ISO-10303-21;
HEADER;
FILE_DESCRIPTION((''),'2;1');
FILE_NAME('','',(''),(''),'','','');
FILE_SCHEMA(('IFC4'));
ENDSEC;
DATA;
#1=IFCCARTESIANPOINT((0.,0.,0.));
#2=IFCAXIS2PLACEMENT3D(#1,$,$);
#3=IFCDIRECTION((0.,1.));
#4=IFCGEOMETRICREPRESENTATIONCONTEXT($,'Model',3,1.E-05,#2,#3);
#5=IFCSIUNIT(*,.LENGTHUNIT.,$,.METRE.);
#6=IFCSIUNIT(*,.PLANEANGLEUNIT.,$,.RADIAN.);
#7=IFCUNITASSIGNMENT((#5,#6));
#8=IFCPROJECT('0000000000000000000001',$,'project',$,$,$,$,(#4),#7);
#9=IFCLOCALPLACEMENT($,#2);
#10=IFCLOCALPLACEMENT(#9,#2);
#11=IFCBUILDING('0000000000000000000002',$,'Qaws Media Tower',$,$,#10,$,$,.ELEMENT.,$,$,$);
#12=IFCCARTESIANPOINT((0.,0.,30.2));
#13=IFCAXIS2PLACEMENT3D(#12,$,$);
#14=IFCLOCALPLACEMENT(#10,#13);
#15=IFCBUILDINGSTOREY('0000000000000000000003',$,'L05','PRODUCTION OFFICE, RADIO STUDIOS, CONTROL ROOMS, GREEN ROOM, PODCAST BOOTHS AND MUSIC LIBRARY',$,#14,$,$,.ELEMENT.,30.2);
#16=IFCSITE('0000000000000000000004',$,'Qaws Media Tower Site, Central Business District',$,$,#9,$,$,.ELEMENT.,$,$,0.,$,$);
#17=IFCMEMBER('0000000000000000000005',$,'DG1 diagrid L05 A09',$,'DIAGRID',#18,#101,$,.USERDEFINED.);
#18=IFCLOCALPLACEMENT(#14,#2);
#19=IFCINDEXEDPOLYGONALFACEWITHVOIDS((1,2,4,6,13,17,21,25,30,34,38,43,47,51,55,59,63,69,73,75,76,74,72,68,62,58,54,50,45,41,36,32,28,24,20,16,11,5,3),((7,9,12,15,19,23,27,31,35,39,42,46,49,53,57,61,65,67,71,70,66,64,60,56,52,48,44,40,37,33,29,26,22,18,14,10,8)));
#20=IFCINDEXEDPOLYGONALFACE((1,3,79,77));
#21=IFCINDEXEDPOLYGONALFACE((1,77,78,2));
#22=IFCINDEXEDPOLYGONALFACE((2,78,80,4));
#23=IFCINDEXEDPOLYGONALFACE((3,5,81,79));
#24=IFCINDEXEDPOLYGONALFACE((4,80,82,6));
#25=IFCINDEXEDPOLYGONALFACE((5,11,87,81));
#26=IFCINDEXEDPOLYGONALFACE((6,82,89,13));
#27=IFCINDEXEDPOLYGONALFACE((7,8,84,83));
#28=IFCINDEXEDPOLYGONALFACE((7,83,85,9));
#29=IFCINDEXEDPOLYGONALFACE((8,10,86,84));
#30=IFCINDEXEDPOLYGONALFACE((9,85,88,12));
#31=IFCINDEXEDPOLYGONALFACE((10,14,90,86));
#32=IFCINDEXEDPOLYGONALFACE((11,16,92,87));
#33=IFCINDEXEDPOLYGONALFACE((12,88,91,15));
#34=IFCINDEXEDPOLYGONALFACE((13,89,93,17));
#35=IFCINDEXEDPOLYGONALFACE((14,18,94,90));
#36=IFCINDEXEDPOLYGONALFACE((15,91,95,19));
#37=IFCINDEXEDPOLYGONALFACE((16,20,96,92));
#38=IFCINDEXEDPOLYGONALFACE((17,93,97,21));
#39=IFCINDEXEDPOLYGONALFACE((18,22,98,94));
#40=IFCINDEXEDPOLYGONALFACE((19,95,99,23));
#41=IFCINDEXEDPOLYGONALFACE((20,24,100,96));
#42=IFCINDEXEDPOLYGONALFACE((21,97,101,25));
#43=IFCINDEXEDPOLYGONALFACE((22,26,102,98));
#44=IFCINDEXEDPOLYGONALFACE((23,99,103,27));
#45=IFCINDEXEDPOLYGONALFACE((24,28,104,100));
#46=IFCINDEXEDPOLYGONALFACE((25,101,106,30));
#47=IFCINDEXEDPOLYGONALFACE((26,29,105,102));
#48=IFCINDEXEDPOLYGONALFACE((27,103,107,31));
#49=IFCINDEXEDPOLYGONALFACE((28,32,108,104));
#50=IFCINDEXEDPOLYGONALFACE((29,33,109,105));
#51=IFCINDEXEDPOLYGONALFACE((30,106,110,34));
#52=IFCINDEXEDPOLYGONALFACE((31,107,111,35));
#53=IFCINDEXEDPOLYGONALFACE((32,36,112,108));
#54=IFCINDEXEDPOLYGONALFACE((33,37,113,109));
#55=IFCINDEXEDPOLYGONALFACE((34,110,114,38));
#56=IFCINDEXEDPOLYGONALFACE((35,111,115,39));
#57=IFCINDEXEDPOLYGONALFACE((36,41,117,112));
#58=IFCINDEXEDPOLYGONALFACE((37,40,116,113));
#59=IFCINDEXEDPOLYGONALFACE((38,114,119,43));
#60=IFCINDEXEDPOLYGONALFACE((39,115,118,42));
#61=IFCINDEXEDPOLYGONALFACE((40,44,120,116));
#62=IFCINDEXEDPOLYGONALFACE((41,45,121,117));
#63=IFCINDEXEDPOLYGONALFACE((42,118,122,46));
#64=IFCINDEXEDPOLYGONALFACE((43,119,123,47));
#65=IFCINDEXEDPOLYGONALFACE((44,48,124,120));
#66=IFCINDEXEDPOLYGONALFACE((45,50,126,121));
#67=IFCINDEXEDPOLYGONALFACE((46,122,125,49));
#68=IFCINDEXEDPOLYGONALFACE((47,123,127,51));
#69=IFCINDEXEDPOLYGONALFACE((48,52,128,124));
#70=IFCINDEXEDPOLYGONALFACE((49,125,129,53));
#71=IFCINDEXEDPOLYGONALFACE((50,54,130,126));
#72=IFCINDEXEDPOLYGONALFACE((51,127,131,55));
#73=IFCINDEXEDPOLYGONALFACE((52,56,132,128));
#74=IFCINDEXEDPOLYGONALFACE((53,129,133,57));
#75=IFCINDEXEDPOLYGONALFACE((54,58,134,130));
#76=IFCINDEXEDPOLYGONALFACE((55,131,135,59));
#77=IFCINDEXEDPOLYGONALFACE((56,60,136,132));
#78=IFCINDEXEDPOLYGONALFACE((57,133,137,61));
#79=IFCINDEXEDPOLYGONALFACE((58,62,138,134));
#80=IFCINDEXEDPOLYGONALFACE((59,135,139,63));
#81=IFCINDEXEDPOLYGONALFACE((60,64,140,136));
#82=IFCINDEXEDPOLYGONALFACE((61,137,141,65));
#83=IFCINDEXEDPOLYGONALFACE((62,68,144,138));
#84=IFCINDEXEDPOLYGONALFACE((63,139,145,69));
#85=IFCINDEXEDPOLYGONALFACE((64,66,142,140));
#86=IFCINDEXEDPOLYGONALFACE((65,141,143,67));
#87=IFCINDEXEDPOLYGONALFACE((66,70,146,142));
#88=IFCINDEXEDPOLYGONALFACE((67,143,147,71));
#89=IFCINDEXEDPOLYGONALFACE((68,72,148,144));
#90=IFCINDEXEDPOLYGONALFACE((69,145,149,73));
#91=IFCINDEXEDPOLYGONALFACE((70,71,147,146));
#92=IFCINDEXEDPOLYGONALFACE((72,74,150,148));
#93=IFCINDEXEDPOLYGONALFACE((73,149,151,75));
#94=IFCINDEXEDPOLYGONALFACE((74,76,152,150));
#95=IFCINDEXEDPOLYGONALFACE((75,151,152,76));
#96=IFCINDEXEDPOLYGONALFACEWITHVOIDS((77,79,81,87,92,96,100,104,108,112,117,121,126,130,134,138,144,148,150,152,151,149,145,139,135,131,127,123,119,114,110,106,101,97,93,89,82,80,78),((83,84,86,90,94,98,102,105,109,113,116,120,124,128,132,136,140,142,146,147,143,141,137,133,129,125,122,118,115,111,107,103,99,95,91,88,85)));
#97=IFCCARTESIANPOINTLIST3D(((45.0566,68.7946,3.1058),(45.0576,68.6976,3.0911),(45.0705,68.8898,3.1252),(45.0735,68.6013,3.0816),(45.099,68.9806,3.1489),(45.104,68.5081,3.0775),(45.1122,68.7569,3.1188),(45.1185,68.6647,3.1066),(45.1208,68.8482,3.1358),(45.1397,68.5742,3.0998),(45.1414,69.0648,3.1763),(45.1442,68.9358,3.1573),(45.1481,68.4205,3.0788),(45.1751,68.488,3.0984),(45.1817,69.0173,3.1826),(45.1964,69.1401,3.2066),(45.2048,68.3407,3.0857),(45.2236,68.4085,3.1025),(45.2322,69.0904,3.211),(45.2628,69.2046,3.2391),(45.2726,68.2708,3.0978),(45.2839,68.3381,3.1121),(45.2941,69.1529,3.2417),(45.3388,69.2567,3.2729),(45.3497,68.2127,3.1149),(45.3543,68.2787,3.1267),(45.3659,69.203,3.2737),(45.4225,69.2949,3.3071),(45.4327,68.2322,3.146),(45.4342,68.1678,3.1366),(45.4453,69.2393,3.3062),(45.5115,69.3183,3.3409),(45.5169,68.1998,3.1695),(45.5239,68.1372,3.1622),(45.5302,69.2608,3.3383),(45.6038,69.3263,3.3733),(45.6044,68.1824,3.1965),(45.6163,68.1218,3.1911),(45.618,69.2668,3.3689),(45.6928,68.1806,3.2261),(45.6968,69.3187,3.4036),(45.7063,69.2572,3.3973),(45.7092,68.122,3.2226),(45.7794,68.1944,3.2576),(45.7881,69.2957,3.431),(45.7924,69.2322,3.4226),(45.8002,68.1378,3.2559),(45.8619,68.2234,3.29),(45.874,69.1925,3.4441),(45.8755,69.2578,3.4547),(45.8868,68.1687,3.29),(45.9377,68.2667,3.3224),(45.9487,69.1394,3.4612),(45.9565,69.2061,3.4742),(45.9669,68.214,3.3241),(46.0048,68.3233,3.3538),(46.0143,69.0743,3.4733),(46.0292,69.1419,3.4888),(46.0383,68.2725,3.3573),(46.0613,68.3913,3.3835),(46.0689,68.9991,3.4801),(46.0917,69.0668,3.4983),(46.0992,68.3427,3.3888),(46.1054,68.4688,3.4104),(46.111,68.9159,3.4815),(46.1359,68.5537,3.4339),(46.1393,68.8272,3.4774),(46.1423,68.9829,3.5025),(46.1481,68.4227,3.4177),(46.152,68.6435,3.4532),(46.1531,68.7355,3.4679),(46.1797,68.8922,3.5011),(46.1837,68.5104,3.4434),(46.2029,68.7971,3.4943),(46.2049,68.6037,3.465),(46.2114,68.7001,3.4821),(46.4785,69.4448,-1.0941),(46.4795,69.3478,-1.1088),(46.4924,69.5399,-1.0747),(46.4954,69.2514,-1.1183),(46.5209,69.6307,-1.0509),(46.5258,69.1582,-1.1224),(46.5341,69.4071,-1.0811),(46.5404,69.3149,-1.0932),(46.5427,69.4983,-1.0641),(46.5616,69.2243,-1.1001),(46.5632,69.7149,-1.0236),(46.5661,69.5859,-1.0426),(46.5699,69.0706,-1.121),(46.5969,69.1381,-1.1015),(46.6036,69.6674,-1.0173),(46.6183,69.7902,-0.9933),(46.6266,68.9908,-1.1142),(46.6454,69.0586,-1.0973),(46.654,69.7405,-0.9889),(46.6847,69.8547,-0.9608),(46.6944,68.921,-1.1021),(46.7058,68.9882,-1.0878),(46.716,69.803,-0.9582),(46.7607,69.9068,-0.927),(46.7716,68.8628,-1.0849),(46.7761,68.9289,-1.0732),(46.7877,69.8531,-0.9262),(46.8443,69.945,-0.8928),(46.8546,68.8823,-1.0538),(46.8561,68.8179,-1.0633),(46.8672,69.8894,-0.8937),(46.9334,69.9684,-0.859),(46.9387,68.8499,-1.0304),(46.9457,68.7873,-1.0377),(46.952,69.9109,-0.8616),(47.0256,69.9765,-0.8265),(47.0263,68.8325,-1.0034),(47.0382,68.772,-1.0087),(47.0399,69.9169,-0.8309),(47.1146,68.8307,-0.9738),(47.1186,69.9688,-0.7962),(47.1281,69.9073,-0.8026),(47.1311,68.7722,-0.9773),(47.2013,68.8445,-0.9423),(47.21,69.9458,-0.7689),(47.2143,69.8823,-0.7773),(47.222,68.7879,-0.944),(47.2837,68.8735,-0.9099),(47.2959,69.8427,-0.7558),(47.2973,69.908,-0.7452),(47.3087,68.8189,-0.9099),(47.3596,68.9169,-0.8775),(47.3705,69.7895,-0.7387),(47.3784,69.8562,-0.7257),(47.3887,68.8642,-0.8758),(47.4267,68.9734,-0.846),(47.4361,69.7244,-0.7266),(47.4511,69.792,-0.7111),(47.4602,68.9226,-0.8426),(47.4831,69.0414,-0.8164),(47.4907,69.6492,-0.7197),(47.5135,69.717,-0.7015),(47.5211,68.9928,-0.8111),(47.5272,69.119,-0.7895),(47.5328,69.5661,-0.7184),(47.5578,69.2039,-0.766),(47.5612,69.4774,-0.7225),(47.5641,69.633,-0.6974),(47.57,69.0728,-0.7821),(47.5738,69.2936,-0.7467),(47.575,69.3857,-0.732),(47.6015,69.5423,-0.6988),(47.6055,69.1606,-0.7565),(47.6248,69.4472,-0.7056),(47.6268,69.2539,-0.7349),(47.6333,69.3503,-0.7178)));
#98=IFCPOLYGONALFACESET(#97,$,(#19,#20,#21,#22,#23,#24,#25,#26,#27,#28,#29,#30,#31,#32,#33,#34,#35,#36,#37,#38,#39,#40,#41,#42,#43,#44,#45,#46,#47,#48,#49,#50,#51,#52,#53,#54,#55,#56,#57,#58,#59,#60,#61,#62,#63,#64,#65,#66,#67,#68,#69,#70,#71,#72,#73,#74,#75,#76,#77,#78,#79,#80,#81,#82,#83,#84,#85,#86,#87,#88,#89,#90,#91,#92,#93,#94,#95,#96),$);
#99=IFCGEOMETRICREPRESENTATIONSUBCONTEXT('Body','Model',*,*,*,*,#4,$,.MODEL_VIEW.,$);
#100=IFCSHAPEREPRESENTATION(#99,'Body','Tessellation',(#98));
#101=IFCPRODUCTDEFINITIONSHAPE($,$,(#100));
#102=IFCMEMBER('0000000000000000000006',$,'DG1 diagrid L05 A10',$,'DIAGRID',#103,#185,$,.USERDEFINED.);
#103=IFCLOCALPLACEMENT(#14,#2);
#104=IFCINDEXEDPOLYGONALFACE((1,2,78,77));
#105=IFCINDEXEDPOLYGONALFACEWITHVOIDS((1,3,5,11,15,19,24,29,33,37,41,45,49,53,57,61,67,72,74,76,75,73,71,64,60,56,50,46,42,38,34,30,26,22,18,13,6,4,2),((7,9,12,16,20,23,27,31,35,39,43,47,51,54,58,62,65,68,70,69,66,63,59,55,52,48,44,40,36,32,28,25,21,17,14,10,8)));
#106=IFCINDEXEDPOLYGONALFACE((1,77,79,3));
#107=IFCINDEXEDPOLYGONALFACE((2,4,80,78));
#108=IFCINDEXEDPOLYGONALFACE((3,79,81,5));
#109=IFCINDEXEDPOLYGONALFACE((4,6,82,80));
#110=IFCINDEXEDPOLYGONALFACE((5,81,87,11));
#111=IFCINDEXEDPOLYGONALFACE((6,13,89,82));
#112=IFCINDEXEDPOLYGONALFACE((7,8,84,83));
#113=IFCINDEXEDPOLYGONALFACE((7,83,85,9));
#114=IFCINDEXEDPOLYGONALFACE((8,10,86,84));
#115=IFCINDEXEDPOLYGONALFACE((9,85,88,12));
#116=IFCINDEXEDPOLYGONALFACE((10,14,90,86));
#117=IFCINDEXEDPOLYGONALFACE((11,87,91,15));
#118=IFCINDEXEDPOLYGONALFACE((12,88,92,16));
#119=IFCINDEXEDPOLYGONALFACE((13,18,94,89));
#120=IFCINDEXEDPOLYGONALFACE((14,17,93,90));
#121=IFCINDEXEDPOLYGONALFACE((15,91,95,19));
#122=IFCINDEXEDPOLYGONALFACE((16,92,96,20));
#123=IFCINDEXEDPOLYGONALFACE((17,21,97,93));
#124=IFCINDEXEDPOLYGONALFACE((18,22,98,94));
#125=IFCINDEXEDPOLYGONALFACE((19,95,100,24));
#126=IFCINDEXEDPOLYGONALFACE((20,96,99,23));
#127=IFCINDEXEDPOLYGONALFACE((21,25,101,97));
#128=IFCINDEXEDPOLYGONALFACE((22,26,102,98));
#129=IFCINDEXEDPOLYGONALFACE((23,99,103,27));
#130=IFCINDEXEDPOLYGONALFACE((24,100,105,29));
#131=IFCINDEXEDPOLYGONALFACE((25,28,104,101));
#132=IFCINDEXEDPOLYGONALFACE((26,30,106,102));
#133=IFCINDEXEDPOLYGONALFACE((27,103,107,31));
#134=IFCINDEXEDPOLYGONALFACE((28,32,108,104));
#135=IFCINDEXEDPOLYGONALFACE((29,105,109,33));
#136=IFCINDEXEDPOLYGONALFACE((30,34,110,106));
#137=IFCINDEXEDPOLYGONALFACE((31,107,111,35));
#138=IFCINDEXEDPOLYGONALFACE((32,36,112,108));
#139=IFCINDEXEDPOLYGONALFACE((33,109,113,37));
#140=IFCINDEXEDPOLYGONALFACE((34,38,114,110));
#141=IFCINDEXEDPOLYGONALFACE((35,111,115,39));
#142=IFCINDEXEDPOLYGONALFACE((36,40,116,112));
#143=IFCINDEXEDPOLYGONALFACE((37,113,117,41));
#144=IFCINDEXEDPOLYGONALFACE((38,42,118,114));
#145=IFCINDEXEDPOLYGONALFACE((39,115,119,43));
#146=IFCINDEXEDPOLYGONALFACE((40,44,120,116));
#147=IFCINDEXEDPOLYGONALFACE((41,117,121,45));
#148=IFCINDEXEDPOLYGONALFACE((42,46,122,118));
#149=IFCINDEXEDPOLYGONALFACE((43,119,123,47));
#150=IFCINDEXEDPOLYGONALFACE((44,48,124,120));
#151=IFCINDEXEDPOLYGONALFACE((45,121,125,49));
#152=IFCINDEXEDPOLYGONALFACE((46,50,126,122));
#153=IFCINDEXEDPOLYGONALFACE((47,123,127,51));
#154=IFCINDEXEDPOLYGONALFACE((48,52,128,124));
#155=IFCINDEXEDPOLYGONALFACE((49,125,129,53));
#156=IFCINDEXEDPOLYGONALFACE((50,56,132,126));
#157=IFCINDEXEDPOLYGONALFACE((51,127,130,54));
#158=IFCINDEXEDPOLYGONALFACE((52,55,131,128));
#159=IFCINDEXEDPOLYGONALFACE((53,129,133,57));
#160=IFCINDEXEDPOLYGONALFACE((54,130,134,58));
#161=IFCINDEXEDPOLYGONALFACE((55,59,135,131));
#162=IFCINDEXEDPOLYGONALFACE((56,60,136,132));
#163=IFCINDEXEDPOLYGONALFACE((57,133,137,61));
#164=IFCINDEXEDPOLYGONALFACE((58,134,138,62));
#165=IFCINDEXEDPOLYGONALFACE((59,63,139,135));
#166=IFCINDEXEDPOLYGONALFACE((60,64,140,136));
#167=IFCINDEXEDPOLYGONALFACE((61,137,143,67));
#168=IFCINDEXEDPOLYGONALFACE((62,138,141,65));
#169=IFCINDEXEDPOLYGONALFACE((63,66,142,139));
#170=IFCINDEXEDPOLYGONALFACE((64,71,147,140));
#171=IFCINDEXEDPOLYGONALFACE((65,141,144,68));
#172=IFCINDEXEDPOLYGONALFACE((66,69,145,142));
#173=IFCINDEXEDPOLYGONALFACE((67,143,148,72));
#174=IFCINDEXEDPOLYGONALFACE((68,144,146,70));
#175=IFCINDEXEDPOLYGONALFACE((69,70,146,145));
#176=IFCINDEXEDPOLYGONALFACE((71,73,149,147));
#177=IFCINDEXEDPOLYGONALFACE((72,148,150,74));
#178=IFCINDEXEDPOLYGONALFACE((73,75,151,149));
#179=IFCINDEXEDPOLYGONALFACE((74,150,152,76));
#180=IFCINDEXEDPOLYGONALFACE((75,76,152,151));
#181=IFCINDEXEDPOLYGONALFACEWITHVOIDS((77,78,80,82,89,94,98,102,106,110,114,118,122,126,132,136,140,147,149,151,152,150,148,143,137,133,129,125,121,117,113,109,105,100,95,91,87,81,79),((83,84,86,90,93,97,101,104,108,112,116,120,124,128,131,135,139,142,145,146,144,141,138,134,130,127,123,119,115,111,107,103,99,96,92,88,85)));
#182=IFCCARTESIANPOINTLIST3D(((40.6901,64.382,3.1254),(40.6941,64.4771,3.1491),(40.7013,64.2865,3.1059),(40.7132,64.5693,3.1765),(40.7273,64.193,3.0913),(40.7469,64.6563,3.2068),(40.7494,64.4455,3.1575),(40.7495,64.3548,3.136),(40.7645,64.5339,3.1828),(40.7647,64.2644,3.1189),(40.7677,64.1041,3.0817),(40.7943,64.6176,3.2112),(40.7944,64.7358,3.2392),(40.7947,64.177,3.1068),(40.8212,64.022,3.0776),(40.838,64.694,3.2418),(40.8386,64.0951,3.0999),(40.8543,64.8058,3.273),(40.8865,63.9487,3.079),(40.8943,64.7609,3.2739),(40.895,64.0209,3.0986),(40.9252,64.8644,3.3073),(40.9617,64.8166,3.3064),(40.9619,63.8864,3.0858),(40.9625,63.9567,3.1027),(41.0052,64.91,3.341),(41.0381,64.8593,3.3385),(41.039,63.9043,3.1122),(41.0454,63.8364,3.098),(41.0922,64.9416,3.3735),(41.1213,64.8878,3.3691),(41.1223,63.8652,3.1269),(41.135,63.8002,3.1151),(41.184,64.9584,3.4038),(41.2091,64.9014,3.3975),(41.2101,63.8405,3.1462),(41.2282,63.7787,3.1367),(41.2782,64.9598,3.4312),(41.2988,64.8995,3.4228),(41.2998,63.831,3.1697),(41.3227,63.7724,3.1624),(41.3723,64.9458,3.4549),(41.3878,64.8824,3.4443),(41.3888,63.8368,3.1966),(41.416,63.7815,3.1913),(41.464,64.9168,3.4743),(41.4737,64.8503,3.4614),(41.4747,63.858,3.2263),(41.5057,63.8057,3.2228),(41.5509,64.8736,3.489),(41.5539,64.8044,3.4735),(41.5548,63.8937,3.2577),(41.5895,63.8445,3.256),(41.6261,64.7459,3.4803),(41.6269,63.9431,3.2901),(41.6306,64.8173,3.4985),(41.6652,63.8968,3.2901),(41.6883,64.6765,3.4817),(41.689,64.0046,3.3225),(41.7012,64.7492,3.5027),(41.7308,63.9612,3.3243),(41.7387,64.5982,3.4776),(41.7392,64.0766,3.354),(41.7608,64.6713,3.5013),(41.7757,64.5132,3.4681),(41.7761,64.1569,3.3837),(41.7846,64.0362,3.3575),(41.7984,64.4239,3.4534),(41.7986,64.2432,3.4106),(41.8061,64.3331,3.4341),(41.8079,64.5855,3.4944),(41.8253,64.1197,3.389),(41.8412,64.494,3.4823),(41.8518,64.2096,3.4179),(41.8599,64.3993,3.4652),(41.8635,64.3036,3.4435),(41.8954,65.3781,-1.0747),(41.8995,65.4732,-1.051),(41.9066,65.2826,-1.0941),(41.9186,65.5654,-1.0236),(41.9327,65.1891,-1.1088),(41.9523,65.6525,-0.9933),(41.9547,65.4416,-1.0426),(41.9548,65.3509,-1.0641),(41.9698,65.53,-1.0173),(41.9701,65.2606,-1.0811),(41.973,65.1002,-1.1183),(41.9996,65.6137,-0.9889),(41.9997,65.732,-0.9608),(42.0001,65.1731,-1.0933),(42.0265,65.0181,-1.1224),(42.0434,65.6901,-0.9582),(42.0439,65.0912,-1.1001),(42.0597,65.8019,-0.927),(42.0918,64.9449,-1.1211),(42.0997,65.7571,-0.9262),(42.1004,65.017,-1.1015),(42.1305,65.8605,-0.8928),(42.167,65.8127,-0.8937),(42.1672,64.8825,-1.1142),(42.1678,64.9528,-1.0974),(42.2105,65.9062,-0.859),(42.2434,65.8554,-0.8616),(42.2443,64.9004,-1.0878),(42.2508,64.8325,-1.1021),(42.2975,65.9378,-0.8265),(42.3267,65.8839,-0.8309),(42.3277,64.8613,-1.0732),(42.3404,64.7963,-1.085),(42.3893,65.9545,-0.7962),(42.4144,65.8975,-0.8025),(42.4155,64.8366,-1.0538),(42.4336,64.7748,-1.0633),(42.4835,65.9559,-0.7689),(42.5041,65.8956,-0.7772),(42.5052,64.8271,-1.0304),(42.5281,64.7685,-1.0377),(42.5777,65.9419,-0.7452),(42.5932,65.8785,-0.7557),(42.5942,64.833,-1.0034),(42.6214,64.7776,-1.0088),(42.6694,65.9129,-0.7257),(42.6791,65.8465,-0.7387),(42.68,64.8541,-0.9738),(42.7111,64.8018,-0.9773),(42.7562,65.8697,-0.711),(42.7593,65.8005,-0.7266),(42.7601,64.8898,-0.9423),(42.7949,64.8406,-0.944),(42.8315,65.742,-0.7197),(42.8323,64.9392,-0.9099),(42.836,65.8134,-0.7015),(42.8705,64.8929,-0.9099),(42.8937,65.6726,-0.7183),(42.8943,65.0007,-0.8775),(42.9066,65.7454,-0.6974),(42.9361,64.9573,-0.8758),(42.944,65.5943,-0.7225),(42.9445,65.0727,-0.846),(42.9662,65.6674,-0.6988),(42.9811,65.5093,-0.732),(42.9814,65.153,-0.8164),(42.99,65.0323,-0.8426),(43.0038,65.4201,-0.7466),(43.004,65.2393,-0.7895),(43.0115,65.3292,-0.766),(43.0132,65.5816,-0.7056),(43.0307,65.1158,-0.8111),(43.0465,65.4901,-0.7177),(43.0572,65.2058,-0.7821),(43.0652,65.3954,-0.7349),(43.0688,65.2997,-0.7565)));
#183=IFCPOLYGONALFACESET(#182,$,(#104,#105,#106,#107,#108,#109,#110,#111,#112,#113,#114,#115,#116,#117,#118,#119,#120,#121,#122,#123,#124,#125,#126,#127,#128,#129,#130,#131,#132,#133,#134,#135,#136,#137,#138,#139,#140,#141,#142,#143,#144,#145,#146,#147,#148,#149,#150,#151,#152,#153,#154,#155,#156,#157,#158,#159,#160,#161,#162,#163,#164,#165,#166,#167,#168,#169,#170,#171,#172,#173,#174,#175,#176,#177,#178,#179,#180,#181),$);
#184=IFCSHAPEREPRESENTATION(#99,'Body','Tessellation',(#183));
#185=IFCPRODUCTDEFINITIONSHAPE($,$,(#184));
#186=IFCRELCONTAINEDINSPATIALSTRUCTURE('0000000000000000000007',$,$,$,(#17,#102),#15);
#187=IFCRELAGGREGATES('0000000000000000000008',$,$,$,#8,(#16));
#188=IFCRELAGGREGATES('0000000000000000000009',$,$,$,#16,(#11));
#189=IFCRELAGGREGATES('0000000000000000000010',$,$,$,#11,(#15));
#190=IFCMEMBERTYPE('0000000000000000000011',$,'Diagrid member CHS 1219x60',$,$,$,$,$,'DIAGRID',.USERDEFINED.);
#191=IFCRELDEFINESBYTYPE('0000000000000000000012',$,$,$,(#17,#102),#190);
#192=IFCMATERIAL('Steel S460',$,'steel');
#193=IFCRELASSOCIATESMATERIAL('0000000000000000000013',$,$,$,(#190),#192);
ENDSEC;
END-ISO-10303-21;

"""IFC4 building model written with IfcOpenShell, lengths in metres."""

from ifc_helpers import new_model, si_unit, direction, frame, origin, origin_2d, place, context, subcontext, project, spatial, hollow_circle, extrude, material, material_profile, profile_set, type_object, element, save


model = new_model("IFC4")

# Units and contexts
model_context = context("Model", 3, precision=1e-05, world=origin(), true_north=direction((0.0, 1.0)))
body_context = subcontext(model_context, "Body", "Model", "MODEL_VIEW")
ifc_project = project(units=[si_unit("LENGTHUNIT", "METRE"), si_unit("PLANEANGLEUNIT", "RADIAN")], contexts=[model_context])

# Site, building, storey
site_placement = place(None, origin())
site = spatial("IfcSite", under=ifc_project, at=site_placement, Name="Qaws Media Tower Site, Central Business District", CompositionType="ELEMENT", RefElevation=0.0)
building_placement = place(site_placement, origin())
building = spatial("IfcBuilding", under=site, at=building_placement, Name="Qaws Media Tower", CompositionType="ELEMENT")
storey_placement = place(building_placement, frame((0.0, 0.0, 30.2)))
storey = spatial("IfcBuildingStorey", under=building, at=storey_placement, Name="L05", Description="PRODUCTION OFFICE, RADIO STUDIOS, CONTROL ROOMS, GREEN ROOM, PODCAST BOOTHS AND MUSIC LIBRARY", CompositionType="ELEMENT", Elevation=30.2)

# Members
ifc_material_1 = material(Name="Steel S460", Category="steel")
ifc_material_profile_1 = material_profile(ifc_material_1, hollow_circle(Radius=0.6096, WallThickness=0.0601, at=origin_2d()), Name="CHS 1219x60")
ifc_profile_set_1 = profile_set([ifc_material_profile_1], Name="Steel S460")
member_type_1 = type_object("IfcMemberType", Name="Diagrid member CHS 1219x60", ElementType="DIAGRID", PredefinedType="USERDEFINED", material=ifc_profile_set_1)
member_1_placement = place(storey_placement, frame((47.0552, 69.3733, -0.9099), z_axis=(-0.317275, -0.145073, 0.937171), x_axis=(0.415837, -0.909439, 0.0)))
element("IfcMember", 1, at=member_1_placement, inside=storey, type_object=member_type_1, Name="DG1 diagrid L05 A09", ObjectType="DIAGRID", PredefinedType="USERDEFINED", context=body_context, shape_type="SweptSolid", body=[
    extrude(hollow_circle(Radius=0.6096, WallThickness=0.0601, at=origin_2d()), origin(), (0.0, 0.0, 1.0), 4.4814),
])
for number, where, z_axis, x_axis, name in (
    (2, (42.4822, 65.3628, -0.9099), (-0.26895, -0.222264, 0.937158), (0.637031, -0.770838, 0.0), "DG1 diagrid L05 A10"),
):
    element("IfcMember", number, at=place(storey_placement, frame(where, z_axis=z_axis, x_axis=x_axis)), inside=storey, type_object=member_type_1, Name=name, ObjectType="DIAGRID", PredefinedType="USERDEFINED", context=body_context, shape_type="SweptSolid", body=[
        extrude(hollow_circle(Radius=0.6096, WallThickness=0.0601, at=origin_2d()), origin(), (0.0, 0.0, 1.0), 4.4817),
    ])

save(model, "model.ifc")
